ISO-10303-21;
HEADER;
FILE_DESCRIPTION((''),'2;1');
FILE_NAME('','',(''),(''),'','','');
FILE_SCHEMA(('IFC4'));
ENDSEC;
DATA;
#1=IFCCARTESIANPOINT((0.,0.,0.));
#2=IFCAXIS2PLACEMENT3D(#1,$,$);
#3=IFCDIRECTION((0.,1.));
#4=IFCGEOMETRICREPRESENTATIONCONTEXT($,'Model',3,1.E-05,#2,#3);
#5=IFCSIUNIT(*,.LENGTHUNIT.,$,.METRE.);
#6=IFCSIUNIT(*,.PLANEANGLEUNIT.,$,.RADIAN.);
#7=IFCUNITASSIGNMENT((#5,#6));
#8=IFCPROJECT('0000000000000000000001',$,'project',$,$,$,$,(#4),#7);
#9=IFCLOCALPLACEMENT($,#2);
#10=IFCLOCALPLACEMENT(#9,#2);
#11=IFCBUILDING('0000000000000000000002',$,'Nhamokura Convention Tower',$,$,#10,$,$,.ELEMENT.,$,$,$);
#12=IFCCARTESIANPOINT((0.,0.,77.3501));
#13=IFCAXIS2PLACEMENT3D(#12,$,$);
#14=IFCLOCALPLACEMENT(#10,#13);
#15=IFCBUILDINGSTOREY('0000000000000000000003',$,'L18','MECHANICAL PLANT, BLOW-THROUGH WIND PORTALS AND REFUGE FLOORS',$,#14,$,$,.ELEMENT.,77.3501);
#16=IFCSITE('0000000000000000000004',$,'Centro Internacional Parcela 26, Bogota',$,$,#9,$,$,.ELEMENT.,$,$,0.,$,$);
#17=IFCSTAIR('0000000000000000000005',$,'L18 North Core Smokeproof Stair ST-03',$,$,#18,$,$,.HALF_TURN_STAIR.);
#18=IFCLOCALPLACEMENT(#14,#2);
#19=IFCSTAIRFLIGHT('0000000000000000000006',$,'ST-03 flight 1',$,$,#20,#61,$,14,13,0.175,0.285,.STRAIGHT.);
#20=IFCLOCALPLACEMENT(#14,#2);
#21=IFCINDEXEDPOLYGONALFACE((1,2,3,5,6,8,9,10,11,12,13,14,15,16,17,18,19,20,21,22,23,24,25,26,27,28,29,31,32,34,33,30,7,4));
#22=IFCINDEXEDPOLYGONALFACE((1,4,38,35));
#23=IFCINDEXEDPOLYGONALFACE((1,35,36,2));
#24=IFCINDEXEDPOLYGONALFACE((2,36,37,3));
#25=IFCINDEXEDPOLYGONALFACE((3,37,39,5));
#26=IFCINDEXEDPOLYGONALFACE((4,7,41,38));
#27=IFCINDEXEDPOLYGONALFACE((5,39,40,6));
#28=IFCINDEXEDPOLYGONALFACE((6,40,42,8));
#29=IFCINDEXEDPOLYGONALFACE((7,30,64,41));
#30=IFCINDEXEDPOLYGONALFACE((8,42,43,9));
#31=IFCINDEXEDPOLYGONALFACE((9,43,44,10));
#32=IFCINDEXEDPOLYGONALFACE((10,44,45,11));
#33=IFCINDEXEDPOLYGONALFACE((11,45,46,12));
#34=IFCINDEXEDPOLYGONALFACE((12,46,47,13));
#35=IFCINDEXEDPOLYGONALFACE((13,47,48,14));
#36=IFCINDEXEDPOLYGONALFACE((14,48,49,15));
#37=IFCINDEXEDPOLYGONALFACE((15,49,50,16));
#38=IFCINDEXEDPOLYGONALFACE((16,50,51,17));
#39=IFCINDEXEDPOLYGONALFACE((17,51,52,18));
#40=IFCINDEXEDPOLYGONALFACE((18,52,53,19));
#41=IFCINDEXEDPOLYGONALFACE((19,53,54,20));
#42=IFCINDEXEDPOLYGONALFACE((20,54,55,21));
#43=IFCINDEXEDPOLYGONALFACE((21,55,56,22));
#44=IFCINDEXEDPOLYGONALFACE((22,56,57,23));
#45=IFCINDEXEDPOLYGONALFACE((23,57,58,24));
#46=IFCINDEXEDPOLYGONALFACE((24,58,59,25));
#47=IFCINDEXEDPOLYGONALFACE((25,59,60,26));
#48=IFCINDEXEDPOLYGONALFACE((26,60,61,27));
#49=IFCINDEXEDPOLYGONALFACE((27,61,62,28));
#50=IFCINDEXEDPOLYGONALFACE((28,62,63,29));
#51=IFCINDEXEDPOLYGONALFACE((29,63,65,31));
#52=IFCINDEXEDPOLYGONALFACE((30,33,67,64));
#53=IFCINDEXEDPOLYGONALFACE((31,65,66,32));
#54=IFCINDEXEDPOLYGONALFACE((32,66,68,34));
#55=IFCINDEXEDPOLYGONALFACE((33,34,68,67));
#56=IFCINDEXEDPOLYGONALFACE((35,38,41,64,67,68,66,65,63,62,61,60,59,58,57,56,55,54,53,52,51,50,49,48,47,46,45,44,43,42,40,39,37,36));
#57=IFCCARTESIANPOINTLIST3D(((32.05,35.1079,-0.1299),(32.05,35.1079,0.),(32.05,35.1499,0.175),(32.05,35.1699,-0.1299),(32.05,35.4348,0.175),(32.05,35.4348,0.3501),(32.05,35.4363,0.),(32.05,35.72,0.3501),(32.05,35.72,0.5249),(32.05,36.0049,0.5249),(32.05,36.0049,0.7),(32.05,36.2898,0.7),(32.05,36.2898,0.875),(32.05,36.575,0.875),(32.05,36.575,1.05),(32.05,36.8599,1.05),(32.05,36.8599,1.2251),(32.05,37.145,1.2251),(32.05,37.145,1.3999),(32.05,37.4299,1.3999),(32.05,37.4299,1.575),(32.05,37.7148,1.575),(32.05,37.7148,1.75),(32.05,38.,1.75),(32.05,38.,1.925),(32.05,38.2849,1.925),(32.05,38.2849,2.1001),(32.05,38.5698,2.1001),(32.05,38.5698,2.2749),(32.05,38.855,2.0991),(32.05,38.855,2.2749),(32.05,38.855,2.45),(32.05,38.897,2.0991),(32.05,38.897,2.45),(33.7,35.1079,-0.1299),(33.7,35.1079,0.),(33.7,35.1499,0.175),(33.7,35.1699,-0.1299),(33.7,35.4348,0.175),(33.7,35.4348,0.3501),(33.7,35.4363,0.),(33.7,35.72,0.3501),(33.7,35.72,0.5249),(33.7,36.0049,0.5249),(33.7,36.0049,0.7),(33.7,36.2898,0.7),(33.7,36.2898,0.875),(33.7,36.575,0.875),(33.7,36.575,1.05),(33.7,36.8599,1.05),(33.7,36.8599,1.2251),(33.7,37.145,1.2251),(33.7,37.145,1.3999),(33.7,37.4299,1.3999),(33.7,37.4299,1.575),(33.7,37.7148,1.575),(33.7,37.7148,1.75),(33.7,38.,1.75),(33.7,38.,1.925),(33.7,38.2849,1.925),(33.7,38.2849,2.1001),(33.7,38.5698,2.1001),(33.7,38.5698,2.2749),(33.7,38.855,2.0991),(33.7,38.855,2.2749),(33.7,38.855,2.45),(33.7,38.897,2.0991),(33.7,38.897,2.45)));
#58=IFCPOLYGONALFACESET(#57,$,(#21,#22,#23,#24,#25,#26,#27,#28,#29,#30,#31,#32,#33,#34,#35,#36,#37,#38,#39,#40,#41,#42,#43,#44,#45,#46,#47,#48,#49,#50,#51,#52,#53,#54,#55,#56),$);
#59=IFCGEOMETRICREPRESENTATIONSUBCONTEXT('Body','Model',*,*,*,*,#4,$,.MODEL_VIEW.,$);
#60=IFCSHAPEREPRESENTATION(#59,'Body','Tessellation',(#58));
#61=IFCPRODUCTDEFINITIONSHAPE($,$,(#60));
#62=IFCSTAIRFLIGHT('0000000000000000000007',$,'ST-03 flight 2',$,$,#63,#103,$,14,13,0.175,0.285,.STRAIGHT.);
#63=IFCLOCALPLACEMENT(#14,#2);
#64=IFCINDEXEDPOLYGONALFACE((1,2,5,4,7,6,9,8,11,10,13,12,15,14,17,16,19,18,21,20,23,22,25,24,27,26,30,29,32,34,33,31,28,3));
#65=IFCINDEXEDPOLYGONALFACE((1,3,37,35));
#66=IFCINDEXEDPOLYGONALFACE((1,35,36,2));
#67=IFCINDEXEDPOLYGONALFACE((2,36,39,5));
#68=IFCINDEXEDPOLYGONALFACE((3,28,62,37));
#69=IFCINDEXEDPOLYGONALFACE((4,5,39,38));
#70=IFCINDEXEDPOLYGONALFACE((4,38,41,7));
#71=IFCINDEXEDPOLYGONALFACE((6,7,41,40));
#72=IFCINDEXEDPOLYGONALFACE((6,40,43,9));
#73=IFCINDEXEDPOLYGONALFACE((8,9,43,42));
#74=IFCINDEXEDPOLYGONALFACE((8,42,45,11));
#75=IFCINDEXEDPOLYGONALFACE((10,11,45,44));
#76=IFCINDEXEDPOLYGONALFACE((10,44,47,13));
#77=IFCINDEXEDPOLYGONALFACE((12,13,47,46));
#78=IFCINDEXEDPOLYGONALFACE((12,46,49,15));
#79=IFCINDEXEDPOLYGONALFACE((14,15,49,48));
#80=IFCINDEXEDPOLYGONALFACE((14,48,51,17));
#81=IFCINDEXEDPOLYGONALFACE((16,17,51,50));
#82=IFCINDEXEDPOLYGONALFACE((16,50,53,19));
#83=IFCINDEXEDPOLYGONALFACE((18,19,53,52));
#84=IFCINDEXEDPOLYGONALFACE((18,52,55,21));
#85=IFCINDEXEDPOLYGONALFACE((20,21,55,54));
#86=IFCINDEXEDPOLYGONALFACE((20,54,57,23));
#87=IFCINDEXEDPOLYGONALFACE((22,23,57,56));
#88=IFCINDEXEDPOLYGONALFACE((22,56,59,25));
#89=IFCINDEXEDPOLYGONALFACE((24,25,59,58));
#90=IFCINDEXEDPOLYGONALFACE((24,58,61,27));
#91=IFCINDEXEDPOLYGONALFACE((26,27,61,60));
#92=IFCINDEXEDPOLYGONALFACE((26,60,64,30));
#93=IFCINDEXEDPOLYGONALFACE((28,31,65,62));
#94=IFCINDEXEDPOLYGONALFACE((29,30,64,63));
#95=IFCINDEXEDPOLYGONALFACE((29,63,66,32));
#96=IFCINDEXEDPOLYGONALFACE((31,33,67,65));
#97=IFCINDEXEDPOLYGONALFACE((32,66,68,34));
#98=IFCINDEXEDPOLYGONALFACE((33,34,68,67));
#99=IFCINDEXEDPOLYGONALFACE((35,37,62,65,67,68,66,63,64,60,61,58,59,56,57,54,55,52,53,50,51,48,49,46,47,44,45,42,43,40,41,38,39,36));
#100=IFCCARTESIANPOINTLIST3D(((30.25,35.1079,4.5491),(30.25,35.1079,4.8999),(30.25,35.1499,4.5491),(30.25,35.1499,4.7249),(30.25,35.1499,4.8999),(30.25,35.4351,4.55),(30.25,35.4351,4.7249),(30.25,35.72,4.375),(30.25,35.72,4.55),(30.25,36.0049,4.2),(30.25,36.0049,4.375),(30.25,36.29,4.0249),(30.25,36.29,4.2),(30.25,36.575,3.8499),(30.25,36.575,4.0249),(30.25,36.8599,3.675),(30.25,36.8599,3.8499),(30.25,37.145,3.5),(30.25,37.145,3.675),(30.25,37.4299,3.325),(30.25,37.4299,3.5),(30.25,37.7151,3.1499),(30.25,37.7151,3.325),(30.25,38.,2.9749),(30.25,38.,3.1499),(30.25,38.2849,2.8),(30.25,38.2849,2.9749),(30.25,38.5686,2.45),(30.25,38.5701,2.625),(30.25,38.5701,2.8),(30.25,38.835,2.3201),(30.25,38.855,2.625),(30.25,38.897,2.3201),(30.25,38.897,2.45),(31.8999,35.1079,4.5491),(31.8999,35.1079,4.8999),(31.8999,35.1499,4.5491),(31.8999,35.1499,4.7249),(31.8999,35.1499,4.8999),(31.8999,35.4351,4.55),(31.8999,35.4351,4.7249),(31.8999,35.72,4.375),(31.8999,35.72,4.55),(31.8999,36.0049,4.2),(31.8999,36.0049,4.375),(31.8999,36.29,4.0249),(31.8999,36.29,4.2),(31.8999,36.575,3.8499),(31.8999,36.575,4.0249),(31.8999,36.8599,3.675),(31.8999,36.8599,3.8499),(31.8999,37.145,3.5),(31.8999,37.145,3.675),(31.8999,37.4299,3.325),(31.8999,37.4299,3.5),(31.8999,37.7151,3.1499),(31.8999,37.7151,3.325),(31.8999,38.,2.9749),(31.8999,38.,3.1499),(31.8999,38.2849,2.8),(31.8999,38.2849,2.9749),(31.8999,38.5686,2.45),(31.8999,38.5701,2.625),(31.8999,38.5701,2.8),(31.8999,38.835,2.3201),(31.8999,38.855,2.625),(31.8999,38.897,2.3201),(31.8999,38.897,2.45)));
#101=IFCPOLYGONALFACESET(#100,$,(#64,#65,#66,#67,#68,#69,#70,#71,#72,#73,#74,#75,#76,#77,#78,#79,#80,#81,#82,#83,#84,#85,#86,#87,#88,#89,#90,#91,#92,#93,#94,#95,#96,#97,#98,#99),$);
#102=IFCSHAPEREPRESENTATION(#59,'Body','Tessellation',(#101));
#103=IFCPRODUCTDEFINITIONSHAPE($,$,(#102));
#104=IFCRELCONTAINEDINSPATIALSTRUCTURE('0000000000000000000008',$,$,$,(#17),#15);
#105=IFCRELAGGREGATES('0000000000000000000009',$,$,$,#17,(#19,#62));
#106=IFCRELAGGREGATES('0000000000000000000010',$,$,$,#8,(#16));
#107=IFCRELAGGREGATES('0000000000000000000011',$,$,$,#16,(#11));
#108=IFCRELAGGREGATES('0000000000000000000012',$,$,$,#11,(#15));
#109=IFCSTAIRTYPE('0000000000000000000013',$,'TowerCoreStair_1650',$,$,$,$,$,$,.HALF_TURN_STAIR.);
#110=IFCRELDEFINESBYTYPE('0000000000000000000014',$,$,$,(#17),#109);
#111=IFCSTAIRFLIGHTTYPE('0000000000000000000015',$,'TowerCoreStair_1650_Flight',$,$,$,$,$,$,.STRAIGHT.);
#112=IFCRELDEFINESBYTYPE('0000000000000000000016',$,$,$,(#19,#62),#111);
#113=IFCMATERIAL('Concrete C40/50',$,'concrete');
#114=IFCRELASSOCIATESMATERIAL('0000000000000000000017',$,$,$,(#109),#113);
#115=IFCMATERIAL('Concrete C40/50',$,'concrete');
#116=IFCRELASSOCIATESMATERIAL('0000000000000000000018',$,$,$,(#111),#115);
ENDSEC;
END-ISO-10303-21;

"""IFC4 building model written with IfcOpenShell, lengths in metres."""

from ifc_helpers import new_model, si_unit, direction, frame, origin, place, context, subcontext, project, spatial, polyline, outline, extrude, material, type_object, element, aggregate, save


model = new_model("IFC4")

# Units and contexts
model_context = context("Model", 3, precision=1e-05, world=origin(), true_north=direction((0.0, 1.0)))
body_context = subcontext(model_context, "Body", "Model", "MODEL_VIEW")
ifc_project = project(units=[si_unit("LENGTHUNIT", "METRE"), si_unit("PLANEANGLEUNIT", "RADIAN")], contexts=[model_context])

# Site, building, storey
site_placement = place(None, origin())
site = spatial("IfcSite", under=ifc_project, at=site_placement, Name="Centro Internacional Parcela 26, Bogota", CompositionType="ELEMENT", RefElevation=0.0)
building_placement = place(site_placement, origin())
building = spatial("IfcBuilding", under=site, at=building_placement, Name="Nhamokura Convention Tower", CompositionType="ELEMENT")
storey_placement = place(building_placement, frame((0.0, 0.0, 77.3501)))
storey = spatial("IfcBuildingStorey", under=building, at=storey_placement, Name="L18", Description="MECHANICAL PLANT, BLOW-THROUGH WIND PORTALS AND REFUGE FLOORS", CompositionType="ELEMENT", Elevation=77.3501)

# Stair, stair flights
ifc_material_1 = material(Name="Concrete C40/50", Category="concrete")
stair_type = type_object("IfcStairType", Name="TowerCoreStair_1650", PredefinedType="HALF_TURN_STAIR", material=ifc_material_1)
stair_placement = place(storey_placement, origin())
stair = element("IfcStair", 1, at=stair_placement, inside=storey, type_object=stair_type, Name="L18 North Core Smokeproof Stair ST-03", PredefinedType="HALF_TURN_STAIR")
ifc_material_2 = material(Name="Concrete C40/50", Category="concrete")
stair_flight_type = type_object("IfcStairFlightType", Name="TowerCoreStair_1650_Flight", PredefinedType="STRAIGHT", material=ifc_material_2)
stair_flight_1_placement = place(storey_placement, frame((32.875, 35.1499, 0.0), z_axis=(0.0, 0.0, 1.0), x_axis=(0.0, 1.0, 0.0)))
stair_flight_1 = element("IfcStairFlight", 2, at=stair_flight_1_placement, type_object=stair_flight_type, Name="ST-03 flight 1", NumberOfRisers=14, NumberOfTreads=13, PredefinedType="STRAIGHT", RiserHeight=0.175, TreadLength=0.285, context=body_context, shape_type="SweptSolid", body=[
    extrude(outline(polyline([(-0.042, 0.0), (0.0, 0.175), (0.2849, 0.175), (0.2849, 0.3501), (0.5701, 0.3501), (0.5701, 0.5249), (0.855, 0.5249), (0.855, 0.7), (1.1399, 0.7), (1.1399, 0.875), (1.425, 0.875), (1.425, 1.05), (1.71, 1.05), (1.71, 1.2251), (1.9951, 1.2251), (1.9951, 1.3999), (2.28, 1.3999), (2.28, 1.575), (2.5649, 1.575), (2.5649, 1.75), (2.8501, 1.75), (2.8501, 1.925), (3.135, 1.925), (3.135, 2.1001), (3.4199, 2.1001), (3.4199, 2.2749), (3.7051, 2.2749), (3.7051, 2.45), (3.7471, 2.45), (3.7471, 2.0991), (3.7051, 2.0991), (0.2864, 0.0), (0.02, -0.1299), (-0.042, -0.1299), (-0.042, 0.0)])), frame((0.0, 0.825, 0.0), z_axis=(0.0, -1.0, 0.0), x_axis=(1.0, 0.0, 0.0)), (0.0, 0.0, 1.0), 1.6499),
])
stair_flight_2_placement = place(storey_placement, frame((31.075, 38.855, 2.45), z_axis=(0.0, 0.0, 1.0), x_axis=(0.0, -1.0, 0.0)))
stair_flight_2 = element("IfcStairFlight", 3, at=stair_flight_2_placement, type_object=stair_flight_type, Name="ST-03 flight 2", NumberOfRisers=14, NumberOfTreads=13, PredefinedType="STRAIGHT", RiserHeight=0.175, TreadLength=0.285, context=body_context, shape_type="SweptSolid", body=[
    extrude(outline(polyline([(-0.042, 0.0), (0.0, 0.175), (0.2849, 0.175), (0.2849, 0.3501), (0.5701, 0.3501), (0.5701, 0.5249), (0.855, 0.5249), (0.855, 0.7), (1.1399, 0.7), (1.1399, 0.875), (1.425, 0.875), (1.425, 1.05), (1.71, 1.05), (1.71, 1.2251), (1.9951, 1.2251), (1.9951, 1.3999), (2.28, 1.3999), (2.28, 1.575), (2.5649, 1.575), (2.5649, 1.75), (2.8501, 1.75), (2.8501, 1.925), (3.135, 1.925), (3.135, 2.1001), (3.4199, 2.1001), (3.4199, 2.2749), (3.7051, 2.2749), (3.7051, 2.45), (3.7471, 2.45), (3.7471, 2.0991), (3.7051, 2.0991), (0.2864, 0.0), (0.02, -0.1299), (-0.042, -0.1299), (-0.042, 0.0)])), frame((0.0, 0.825, 0.0), z_axis=(0.0, -1.0, 0.0), x_axis=(1.0, 0.0, 0.0)), (0.0, 0.0, 1.0), 1.6499),
])
aggregate(stair, [stair_flight_1, stair_flight_2])

save(model, "model.ifc")
